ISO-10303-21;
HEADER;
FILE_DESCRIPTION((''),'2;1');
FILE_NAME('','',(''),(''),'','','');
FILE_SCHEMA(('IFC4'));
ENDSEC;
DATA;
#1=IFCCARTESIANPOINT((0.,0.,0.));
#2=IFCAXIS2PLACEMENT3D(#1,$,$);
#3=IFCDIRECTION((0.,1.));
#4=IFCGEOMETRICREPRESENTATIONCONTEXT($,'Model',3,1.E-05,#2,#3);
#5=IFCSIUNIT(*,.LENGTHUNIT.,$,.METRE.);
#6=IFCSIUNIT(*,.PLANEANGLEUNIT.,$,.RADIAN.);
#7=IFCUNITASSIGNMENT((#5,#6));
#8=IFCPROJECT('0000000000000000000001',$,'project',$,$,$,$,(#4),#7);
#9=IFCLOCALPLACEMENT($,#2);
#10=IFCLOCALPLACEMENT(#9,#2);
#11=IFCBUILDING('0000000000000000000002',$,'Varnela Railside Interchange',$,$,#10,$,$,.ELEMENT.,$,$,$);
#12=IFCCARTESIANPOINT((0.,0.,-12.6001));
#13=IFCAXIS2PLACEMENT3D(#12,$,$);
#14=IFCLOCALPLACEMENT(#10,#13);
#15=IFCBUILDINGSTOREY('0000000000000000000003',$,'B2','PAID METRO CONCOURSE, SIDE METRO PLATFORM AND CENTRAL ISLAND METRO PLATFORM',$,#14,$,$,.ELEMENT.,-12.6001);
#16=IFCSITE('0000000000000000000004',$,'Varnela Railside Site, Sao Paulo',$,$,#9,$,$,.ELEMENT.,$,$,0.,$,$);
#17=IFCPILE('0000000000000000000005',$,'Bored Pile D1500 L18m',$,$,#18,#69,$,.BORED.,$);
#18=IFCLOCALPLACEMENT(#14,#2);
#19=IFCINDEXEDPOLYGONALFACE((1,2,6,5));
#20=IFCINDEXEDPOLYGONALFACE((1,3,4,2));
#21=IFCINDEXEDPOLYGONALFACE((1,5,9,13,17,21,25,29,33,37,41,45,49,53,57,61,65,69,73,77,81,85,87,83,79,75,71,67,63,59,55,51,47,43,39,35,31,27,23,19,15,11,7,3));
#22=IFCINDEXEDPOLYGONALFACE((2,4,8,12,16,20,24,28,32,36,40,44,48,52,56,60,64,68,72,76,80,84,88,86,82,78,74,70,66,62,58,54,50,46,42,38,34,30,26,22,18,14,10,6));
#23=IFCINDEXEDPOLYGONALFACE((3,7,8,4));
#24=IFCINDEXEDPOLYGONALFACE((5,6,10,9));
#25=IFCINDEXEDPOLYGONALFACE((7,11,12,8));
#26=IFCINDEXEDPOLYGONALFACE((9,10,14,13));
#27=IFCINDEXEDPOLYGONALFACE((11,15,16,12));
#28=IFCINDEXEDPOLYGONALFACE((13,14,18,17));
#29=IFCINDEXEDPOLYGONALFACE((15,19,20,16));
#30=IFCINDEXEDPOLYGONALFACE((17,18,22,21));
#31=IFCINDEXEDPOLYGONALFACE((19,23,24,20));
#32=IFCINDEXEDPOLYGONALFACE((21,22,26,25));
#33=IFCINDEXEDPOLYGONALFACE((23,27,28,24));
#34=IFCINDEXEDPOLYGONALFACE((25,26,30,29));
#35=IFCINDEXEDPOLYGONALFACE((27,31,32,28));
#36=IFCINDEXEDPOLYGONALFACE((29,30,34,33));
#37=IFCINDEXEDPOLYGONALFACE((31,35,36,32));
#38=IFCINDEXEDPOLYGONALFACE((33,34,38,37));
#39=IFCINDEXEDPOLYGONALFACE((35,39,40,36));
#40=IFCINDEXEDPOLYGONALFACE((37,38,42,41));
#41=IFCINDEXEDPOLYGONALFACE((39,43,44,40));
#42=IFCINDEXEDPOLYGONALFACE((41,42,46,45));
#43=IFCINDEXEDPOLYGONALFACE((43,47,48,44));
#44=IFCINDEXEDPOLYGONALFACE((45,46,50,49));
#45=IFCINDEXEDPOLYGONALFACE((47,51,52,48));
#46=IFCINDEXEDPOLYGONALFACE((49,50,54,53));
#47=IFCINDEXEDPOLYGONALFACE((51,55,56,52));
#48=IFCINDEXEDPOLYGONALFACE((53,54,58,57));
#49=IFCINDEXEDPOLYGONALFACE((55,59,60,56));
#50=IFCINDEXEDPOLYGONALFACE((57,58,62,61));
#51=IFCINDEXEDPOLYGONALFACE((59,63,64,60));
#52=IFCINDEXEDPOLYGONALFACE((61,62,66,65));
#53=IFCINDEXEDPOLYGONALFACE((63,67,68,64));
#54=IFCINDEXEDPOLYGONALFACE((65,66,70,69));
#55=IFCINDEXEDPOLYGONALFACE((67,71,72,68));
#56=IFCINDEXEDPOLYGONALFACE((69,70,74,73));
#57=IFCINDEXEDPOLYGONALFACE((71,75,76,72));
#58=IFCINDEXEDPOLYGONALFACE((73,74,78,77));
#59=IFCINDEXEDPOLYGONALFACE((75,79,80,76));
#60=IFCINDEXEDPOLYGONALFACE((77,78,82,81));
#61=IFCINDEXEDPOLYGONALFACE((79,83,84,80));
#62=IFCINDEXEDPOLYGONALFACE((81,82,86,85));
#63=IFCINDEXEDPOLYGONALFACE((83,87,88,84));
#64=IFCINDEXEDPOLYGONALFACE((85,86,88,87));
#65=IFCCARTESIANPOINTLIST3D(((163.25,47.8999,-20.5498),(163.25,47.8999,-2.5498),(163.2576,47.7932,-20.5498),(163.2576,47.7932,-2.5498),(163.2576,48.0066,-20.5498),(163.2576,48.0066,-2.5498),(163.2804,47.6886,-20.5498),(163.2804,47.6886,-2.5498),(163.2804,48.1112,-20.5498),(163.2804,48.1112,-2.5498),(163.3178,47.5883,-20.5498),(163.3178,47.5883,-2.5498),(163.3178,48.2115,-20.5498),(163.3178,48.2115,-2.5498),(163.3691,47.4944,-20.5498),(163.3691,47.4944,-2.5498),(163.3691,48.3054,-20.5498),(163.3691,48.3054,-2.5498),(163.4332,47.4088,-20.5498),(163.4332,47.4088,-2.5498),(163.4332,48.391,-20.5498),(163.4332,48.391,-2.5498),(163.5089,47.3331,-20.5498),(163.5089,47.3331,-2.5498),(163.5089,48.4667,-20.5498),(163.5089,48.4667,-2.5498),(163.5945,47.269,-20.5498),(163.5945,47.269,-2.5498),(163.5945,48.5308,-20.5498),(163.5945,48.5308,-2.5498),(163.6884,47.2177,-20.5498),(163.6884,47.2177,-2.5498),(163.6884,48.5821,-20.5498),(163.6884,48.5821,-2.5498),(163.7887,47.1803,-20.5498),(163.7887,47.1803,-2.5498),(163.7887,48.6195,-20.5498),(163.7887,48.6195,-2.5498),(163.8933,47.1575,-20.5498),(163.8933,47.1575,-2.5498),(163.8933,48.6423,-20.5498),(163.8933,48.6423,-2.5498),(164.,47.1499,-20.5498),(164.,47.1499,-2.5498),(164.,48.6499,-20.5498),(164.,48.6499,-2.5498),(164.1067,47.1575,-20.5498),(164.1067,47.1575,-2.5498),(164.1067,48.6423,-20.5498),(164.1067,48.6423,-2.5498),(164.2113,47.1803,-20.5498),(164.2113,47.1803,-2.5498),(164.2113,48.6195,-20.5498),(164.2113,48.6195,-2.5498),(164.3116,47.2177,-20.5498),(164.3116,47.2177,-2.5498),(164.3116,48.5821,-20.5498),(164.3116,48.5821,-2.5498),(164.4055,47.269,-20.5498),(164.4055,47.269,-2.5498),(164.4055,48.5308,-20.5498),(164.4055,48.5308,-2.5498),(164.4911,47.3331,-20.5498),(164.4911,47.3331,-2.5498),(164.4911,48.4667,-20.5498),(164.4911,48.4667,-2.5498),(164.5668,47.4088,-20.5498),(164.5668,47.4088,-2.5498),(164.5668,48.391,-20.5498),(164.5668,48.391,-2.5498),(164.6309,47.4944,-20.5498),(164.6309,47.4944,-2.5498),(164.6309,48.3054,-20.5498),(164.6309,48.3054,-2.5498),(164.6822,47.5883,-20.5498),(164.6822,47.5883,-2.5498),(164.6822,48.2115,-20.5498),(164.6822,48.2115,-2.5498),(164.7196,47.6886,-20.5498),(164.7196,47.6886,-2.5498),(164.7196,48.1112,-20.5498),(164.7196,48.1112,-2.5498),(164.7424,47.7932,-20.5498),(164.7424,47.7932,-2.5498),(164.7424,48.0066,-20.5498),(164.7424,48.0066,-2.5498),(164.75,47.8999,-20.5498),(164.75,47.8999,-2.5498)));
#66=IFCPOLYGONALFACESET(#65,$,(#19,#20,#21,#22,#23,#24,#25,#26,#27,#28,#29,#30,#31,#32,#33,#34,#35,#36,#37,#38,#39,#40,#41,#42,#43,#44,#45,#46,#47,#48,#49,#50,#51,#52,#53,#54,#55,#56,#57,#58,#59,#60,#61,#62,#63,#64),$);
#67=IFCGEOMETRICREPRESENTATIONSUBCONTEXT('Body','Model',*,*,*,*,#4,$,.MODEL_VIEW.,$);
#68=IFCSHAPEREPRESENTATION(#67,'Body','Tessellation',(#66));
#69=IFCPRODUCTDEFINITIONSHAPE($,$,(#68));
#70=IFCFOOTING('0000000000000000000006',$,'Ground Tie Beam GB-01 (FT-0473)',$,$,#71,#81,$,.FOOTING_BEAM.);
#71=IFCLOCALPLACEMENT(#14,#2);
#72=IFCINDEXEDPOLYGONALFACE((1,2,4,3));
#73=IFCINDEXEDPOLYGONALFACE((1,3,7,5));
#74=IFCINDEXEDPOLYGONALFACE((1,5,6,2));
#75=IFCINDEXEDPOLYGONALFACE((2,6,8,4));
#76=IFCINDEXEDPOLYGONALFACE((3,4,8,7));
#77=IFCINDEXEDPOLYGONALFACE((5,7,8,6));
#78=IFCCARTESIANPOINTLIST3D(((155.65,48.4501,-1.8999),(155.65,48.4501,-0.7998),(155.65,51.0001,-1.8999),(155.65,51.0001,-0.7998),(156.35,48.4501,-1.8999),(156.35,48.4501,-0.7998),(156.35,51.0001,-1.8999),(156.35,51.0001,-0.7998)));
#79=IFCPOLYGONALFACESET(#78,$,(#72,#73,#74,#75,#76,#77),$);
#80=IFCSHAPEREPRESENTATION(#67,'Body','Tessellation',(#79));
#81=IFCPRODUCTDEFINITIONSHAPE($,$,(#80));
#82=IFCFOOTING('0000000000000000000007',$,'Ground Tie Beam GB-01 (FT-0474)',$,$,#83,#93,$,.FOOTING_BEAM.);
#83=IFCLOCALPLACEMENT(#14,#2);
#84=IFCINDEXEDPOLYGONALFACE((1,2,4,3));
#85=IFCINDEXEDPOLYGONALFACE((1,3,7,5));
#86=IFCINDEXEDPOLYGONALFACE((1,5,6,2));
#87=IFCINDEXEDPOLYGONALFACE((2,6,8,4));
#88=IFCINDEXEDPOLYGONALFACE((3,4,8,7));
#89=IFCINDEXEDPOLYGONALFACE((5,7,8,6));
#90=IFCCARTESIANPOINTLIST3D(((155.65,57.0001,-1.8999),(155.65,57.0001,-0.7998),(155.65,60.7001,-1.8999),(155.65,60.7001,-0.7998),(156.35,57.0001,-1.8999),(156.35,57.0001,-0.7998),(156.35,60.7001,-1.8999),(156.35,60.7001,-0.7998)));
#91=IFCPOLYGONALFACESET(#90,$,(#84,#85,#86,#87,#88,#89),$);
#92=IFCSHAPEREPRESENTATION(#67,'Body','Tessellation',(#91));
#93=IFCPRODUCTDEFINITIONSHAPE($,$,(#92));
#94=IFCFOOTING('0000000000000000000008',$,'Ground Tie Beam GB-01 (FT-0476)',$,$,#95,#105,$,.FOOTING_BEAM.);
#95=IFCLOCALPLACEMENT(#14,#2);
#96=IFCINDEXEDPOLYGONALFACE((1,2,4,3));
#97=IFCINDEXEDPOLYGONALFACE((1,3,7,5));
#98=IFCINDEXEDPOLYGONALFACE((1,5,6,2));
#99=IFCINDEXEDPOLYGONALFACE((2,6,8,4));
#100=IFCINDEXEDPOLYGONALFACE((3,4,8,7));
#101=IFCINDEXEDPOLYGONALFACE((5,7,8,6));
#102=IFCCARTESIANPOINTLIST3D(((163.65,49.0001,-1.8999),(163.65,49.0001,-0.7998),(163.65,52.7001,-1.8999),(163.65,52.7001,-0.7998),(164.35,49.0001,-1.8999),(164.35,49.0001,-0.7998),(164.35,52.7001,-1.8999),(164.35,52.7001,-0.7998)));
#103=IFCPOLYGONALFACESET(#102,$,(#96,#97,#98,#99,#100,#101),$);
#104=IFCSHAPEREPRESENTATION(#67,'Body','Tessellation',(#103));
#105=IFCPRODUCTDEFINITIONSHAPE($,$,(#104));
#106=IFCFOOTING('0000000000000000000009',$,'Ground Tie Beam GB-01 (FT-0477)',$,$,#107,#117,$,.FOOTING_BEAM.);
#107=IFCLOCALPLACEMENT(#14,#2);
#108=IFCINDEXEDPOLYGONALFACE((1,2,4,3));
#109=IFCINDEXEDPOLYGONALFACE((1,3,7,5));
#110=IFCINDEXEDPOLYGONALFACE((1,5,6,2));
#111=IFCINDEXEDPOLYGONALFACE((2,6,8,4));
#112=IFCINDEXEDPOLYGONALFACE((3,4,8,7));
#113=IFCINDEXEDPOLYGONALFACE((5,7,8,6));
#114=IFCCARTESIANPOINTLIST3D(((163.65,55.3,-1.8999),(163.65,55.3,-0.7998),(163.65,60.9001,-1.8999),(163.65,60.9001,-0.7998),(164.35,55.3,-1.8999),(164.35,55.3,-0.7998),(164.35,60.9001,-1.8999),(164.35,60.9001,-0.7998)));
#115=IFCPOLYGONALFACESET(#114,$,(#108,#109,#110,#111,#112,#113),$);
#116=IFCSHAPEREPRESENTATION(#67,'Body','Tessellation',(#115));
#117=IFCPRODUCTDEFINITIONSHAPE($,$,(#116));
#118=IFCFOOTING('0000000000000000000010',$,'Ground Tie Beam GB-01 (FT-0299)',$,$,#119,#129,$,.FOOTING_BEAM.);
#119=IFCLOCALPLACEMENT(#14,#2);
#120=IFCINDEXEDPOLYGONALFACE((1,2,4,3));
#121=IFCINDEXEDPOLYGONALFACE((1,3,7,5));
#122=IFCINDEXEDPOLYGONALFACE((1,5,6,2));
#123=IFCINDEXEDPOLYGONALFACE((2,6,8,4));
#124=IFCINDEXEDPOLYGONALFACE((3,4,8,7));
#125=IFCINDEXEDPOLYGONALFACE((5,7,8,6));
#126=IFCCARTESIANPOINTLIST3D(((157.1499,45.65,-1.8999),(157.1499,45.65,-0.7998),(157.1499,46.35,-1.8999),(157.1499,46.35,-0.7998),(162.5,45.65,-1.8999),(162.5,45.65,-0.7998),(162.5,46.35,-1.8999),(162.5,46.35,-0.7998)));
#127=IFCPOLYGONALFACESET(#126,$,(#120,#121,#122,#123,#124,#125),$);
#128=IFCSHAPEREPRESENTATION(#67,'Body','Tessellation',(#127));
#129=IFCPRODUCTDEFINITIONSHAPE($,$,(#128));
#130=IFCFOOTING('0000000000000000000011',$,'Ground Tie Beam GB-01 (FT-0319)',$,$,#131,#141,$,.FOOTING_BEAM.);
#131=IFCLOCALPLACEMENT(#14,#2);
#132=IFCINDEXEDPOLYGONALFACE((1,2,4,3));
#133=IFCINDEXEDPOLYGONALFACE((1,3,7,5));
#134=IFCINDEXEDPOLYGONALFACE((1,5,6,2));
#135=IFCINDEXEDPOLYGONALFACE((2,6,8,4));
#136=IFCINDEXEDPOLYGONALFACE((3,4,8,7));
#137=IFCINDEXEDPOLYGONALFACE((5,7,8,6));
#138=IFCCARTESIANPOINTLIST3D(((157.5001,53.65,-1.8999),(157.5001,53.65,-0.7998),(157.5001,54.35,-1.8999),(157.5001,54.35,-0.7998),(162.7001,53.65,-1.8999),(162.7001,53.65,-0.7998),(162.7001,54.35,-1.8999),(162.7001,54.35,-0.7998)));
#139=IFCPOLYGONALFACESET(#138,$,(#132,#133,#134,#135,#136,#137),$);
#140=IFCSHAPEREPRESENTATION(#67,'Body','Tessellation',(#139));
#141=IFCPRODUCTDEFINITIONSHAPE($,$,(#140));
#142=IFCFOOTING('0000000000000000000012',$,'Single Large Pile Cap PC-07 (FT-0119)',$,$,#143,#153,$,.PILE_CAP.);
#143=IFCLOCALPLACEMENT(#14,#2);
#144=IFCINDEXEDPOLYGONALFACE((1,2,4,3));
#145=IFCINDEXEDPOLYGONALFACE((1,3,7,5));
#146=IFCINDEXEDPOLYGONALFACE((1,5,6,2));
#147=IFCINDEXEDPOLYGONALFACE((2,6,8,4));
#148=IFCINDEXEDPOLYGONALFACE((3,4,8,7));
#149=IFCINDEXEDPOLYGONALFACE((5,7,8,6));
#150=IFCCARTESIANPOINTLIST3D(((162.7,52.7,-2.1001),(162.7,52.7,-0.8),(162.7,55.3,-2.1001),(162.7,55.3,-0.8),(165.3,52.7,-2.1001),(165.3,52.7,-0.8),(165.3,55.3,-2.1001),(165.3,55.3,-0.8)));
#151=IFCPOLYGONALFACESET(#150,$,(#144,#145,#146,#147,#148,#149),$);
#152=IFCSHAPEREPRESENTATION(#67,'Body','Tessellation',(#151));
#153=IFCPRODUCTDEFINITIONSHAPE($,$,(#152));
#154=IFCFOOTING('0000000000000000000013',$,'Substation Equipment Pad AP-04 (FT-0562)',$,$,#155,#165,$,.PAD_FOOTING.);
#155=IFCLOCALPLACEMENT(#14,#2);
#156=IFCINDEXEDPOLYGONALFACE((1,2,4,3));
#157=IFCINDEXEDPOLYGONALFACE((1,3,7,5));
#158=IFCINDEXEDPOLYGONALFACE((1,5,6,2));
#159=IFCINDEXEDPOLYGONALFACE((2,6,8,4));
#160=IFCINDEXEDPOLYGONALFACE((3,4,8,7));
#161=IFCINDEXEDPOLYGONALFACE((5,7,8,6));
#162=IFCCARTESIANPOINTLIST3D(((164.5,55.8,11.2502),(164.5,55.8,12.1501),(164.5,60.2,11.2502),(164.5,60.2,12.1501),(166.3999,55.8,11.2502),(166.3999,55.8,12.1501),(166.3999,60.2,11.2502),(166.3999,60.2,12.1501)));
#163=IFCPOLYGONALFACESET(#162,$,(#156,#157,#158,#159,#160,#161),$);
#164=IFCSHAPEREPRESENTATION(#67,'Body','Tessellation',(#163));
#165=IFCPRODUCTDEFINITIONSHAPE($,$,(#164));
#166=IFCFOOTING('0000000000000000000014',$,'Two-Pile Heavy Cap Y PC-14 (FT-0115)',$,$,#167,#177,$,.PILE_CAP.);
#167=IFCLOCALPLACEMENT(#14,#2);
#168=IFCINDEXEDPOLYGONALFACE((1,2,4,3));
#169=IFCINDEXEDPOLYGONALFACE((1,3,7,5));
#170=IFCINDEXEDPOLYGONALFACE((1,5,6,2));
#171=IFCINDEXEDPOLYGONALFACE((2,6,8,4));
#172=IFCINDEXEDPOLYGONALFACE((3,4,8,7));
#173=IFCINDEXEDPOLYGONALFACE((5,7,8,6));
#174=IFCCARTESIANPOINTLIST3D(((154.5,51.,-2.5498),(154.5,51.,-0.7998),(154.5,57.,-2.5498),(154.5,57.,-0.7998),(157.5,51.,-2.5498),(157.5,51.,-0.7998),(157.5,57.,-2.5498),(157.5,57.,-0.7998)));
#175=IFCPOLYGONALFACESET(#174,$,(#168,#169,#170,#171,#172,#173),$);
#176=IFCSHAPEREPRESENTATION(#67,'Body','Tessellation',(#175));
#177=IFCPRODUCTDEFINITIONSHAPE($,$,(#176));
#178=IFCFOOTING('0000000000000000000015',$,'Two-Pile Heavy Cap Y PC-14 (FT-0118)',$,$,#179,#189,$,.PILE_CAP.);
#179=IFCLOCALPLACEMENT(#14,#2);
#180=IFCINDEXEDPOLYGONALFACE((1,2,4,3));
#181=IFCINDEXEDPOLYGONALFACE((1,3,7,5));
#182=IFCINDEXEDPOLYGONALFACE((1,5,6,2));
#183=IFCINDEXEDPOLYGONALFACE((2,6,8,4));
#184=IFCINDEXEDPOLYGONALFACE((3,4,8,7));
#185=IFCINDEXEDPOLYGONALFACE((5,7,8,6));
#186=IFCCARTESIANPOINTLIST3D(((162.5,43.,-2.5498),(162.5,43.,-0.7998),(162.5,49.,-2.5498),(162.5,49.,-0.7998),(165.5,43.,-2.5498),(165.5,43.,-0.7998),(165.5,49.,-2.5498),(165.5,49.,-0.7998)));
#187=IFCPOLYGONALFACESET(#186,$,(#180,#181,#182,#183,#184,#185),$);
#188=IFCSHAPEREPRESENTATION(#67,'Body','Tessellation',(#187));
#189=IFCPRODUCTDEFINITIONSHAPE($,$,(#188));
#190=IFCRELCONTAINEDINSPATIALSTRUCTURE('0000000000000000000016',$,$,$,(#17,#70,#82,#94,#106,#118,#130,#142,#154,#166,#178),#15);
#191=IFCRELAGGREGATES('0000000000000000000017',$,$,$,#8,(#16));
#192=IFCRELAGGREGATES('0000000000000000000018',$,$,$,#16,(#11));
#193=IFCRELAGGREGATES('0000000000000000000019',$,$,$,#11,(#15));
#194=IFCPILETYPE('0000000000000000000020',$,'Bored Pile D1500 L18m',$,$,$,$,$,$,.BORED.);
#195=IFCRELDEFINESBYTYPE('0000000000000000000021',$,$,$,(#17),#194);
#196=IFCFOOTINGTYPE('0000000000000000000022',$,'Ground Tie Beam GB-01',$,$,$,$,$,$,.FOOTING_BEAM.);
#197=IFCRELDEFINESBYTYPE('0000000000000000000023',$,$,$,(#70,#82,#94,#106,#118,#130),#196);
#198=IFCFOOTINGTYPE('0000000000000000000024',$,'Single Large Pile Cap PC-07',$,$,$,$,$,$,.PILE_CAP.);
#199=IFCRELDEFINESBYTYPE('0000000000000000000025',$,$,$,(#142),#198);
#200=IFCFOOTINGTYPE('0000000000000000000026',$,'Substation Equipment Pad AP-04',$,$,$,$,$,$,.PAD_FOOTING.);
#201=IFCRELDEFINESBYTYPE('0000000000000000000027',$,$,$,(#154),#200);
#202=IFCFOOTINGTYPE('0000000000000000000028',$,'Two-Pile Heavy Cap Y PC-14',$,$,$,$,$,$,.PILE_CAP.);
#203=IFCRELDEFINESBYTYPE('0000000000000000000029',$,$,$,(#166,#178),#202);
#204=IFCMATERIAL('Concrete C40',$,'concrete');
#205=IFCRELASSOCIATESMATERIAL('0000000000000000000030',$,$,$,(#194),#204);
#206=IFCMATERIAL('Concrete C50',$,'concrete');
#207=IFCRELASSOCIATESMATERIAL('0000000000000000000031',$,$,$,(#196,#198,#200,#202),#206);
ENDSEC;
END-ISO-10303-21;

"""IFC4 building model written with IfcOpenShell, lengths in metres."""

from ifc_helpers import new_model, si_unit, direction, frame, origin, origin_2d, place, context, subcontext, project, spatial, rectangle, circle, extrude, material, material_profile, profile_set, type_object, element, save


model = new_model("IFC4")

# Units and contexts
model_context = context("Model", 3, precision=1e-05, world=origin(), true_north=direction((0.0, 1.0)))
body_context = subcontext(model_context, "Body", "Model", "MODEL_VIEW")
ifc_project = project(units=[si_unit("LENGTHUNIT", "METRE"), si_unit("PLANEANGLEUNIT", "RADIAN")], contexts=[model_context])

# Site, building, storey
site_placement = place(None, origin())
site = spatial("IfcSite", under=ifc_project, at=site_placement, Name="Varnela Railside Site, Sao Paulo", CompositionType="ELEMENT", RefElevation=0.0)
building_placement = place(site_placement, origin())
building = spatial("IfcBuilding", under=site, at=building_placement, Name="Varnela Railside Interchange", CompositionType="ELEMENT")
storey_placement = place(building_placement, frame((0.0, 0.0, -12.6001)))
storey = spatial("IfcBuildingStorey", under=building, at=storey_placement, Name="B2", Description="PAID METRO CONCOURSE, SIDE METRO PLATFORM AND CENTRAL ISLAND METRO PLATFORM", CompositionType="ELEMENT", Elevation=-12.6001)

# Pile
ifc_material_1 = material(Name="Concrete C40", Category="concrete")
ifc_material_profile_1 = material_profile(ifc_material_1, circle(Radius=0.75, at=origin_2d()), Name="BORED PILE D1500")
ifc_profile_set_1 = profile_set([ifc_material_profile_1], Name="Concrete C40")
pile_type_1 = type_object("IfcPileType", Name="Bored Pile D1500 L18m", PredefinedType="BORED", material=ifc_profile_set_1)
for number, where, z_axis, x_axis, name in (
    (1, (164.0, 47.8999, -2.5498), (0.0, 0.0, -1.0), (1.0, 0.0, 0.0), "Bored Pile D1500 L18m"),
):
    element("IfcPile", number, at=place(storey_placement, frame(where, z_axis=z_axis, x_axis=x_axis)), inside=storey, type_object=pile_type_1, Name=name, PredefinedType="BORED", context=body_context, shape_type="SweptSolid", body=[
        extrude(circle(Radius=0.75, at=origin_2d()), origin(), (0.0, 0.0, 1.0), 18.0),
    ])

# Footings
ifc_material_2 = material(Name="Concrete C50", Category="concrete")
footing_type_1 = type_object("IfcFootingType", Name="Ground Tie Beam GB-01", PredefinedType="FOOTING_BEAM", material=ifc_material_2)
footing_1_placement = place(storey_placement, frame((156.0, 49.7251, -1.8999), z_axis=(0.0, 0.0, 1.0), x_axis=(1.0, 0.0, 0.0)))
element("IfcFooting", 2, at=footing_1_placement, inside=storey, type_object=footing_type_1, Name="Ground Tie Beam GB-01 (FT-0473)", PredefinedType="FOOTING_BEAM", context=body_context, shape_type="SweptSolid", body=[
    extrude(rectangle(XDim=0.7, YDim=2.55, at=origin_2d()), origin(), (0.0, 0.0, 1.0), 1.1001),
])
for number, where, z_axis, x_axis, name in (
    (3, (156.0, 58.8501, -1.8999), (0.0, 0.0, 1.0), (1.0, 0.0, 0.0), "Ground Tie Beam GB-01 (FT-0474)"),
    (4, (164.0, 50.8501, -1.8999), (0.0, 0.0, 1.0), (1.0, 0.0, 0.0), "Ground Tie Beam GB-01 (FT-0476)"),
):
    element("IfcFooting", number, at=place(storey_placement, frame(where, z_axis=z_axis, x_axis=x_axis)), inside=storey, type_object=footing_type_1, Name=name, PredefinedType="FOOTING_BEAM", context=body_context, shape_type="SweptSolid", body=[
        extrude(rectangle(XDim=0.7, YDim=3.7, at=origin_2d()), origin(), (0.0, 0.0, 1.0), 1.1001),
    ])
footing_2_placement = place(storey_placement, frame((164.0, 58.1001, -1.8999), z_axis=(0.0, 0.0, 1.0), x_axis=(1.0, 0.0, 0.0)))
element("IfcFooting", 5, at=footing_2_placement, inside=storey, type_object=footing_type_1, Name="Ground Tie Beam GB-01 (FT-0477)", PredefinedType="FOOTING_BEAM", context=body_context, shape_type="SweptSolid", body=[
    extrude(rectangle(XDim=0.7, YDim=5.6001, at=origin_2d()), origin(), (0.0, 0.0, 1.0), 1.1001),
])
footing_3_placement = place(storey_placement, frame((159.825, 46.0, -1.8999), z_axis=(0.0, 0.0, 1.0), x_axis=(1.0, 0.0, 0.0)))
element("IfcFooting", 6, at=footing_3_placement, inside=storey, type_object=footing_type_1, Name="Ground Tie Beam GB-01 (FT-0299)", PredefinedType="FOOTING_BEAM", context=body_context, shape_type="SweptSolid", body=[
    extrude(rectangle(XDim=5.3501, YDim=0.7, at=origin_2d()), origin(), (0.0, 0.0, 1.0), 1.1001),
])
footing_4_placement = place(storey_placement, frame((160.1001, 54.0, -1.8999), z_axis=(0.0, 0.0, 1.0), x_axis=(1.0, 0.0, 0.0)))
element("IfcFooting", 7, at=footing_4_placement, inside=storey, type_object=footing_type_1, Name="Ground Tie Beam GB-01 (FT-0319)", PredefinedType="FOOTING_BEAM", context=body_context, shape_type="SweptSolid", body=[
    extrude(rectangle(XDim=5.2, YDim=0.7, at=origin_2d()), origin(), (0.0, 0.0, 1.0), 1.1001),
])
footing_type_2 = type_object("IfcFootingType", Name="Single Large Pile Cap PC-07", PredefinedType="PILE_CAP", material=ifc_material_2)
footing_5_placement = place(storey_placement, frame((164.0, 54.0, -2.1001), z_axis=(0.0, 0.0, 1.0), x_axis=(1.0, 0.0, 0.0)))
element("IfcFooting", 8, at=footing_5_placement, inside=storey, type_object=footing_type_2, Name="Single Large Pile Cap PC-07 (FT-0119)", PredefinedType="PILE_CAP", context=body_context, shape_type="SweptSolid", body=[
    extrude(rectangle(XDim=2.6001, YDim=2.6001, at=origin_2d()), origin(), (0.0, 0.0, 1.0), 1.3),
])
footing_type_3 = type_object("IfcFootingType", Name="Substation Equipment Pad AP-04", PredefinedType="PAD_FOOTING", material=ifc_material_2)
footing_6_placement = place(storey_placement, frame((165.45, 58.0, 11.2502), z_axis=(0.0, 0.0, 1.0), x_axis=(1.0, 0.0, 0.0)))
element("IfcFooting", 9, at=footing_6_placement, inside=storey, type_object=footing_type_3, Name="Substation Equipment Pad AP-04 (FT-0562)", PredefinedType="PAD_FOOTING", context=body_context, shape_type="SweptSolid", body=[
    extrude(rectangle(XDim=1.8999, YDim=4.3999, at=origin_2d()), origin(), (0.0, 0.0, 1.0), 0.8999),
])
footing_type_4 = type_object("IfcFootingType", Name="Two-Pile Heavy Cap Y PC-14", PredefinedType="PILE_CAP", material=ifc_material_2)
for number, where, z_axis, x_axis, name in (
    (10, (156.0, 54.0, -2.5498), (0.0, 0.0, 1.0), (1.0, 0.0, 0.0), "Two-Pile Heavy Cap Y PC-14 (FT-0115)"),
    (11, (164.0, 46.0, -2.5498), (0.0, 0.0, 1.0), (1.0, 0.0, 0.0), "Two-Pile Heavy Cap Y PC-14 (FT-0118)"),
):
    element("IfcFooting", number, at=place(storey_placement, frame(where, z_axis=z_axis, x_axis=x_axis)), inside=storey, type_object=footing_type_4, Name=name, PredefinedType="PILE_CAP", context=body_context, shape_type="SweptSolid", body=[
        extrude(rectangle(XDim=3.0, YDim=6.0, at=origin_2d()), origin(), (0.0, 0.0, 1.0), 1.75),
    ])

save(model, "model.ifc")
